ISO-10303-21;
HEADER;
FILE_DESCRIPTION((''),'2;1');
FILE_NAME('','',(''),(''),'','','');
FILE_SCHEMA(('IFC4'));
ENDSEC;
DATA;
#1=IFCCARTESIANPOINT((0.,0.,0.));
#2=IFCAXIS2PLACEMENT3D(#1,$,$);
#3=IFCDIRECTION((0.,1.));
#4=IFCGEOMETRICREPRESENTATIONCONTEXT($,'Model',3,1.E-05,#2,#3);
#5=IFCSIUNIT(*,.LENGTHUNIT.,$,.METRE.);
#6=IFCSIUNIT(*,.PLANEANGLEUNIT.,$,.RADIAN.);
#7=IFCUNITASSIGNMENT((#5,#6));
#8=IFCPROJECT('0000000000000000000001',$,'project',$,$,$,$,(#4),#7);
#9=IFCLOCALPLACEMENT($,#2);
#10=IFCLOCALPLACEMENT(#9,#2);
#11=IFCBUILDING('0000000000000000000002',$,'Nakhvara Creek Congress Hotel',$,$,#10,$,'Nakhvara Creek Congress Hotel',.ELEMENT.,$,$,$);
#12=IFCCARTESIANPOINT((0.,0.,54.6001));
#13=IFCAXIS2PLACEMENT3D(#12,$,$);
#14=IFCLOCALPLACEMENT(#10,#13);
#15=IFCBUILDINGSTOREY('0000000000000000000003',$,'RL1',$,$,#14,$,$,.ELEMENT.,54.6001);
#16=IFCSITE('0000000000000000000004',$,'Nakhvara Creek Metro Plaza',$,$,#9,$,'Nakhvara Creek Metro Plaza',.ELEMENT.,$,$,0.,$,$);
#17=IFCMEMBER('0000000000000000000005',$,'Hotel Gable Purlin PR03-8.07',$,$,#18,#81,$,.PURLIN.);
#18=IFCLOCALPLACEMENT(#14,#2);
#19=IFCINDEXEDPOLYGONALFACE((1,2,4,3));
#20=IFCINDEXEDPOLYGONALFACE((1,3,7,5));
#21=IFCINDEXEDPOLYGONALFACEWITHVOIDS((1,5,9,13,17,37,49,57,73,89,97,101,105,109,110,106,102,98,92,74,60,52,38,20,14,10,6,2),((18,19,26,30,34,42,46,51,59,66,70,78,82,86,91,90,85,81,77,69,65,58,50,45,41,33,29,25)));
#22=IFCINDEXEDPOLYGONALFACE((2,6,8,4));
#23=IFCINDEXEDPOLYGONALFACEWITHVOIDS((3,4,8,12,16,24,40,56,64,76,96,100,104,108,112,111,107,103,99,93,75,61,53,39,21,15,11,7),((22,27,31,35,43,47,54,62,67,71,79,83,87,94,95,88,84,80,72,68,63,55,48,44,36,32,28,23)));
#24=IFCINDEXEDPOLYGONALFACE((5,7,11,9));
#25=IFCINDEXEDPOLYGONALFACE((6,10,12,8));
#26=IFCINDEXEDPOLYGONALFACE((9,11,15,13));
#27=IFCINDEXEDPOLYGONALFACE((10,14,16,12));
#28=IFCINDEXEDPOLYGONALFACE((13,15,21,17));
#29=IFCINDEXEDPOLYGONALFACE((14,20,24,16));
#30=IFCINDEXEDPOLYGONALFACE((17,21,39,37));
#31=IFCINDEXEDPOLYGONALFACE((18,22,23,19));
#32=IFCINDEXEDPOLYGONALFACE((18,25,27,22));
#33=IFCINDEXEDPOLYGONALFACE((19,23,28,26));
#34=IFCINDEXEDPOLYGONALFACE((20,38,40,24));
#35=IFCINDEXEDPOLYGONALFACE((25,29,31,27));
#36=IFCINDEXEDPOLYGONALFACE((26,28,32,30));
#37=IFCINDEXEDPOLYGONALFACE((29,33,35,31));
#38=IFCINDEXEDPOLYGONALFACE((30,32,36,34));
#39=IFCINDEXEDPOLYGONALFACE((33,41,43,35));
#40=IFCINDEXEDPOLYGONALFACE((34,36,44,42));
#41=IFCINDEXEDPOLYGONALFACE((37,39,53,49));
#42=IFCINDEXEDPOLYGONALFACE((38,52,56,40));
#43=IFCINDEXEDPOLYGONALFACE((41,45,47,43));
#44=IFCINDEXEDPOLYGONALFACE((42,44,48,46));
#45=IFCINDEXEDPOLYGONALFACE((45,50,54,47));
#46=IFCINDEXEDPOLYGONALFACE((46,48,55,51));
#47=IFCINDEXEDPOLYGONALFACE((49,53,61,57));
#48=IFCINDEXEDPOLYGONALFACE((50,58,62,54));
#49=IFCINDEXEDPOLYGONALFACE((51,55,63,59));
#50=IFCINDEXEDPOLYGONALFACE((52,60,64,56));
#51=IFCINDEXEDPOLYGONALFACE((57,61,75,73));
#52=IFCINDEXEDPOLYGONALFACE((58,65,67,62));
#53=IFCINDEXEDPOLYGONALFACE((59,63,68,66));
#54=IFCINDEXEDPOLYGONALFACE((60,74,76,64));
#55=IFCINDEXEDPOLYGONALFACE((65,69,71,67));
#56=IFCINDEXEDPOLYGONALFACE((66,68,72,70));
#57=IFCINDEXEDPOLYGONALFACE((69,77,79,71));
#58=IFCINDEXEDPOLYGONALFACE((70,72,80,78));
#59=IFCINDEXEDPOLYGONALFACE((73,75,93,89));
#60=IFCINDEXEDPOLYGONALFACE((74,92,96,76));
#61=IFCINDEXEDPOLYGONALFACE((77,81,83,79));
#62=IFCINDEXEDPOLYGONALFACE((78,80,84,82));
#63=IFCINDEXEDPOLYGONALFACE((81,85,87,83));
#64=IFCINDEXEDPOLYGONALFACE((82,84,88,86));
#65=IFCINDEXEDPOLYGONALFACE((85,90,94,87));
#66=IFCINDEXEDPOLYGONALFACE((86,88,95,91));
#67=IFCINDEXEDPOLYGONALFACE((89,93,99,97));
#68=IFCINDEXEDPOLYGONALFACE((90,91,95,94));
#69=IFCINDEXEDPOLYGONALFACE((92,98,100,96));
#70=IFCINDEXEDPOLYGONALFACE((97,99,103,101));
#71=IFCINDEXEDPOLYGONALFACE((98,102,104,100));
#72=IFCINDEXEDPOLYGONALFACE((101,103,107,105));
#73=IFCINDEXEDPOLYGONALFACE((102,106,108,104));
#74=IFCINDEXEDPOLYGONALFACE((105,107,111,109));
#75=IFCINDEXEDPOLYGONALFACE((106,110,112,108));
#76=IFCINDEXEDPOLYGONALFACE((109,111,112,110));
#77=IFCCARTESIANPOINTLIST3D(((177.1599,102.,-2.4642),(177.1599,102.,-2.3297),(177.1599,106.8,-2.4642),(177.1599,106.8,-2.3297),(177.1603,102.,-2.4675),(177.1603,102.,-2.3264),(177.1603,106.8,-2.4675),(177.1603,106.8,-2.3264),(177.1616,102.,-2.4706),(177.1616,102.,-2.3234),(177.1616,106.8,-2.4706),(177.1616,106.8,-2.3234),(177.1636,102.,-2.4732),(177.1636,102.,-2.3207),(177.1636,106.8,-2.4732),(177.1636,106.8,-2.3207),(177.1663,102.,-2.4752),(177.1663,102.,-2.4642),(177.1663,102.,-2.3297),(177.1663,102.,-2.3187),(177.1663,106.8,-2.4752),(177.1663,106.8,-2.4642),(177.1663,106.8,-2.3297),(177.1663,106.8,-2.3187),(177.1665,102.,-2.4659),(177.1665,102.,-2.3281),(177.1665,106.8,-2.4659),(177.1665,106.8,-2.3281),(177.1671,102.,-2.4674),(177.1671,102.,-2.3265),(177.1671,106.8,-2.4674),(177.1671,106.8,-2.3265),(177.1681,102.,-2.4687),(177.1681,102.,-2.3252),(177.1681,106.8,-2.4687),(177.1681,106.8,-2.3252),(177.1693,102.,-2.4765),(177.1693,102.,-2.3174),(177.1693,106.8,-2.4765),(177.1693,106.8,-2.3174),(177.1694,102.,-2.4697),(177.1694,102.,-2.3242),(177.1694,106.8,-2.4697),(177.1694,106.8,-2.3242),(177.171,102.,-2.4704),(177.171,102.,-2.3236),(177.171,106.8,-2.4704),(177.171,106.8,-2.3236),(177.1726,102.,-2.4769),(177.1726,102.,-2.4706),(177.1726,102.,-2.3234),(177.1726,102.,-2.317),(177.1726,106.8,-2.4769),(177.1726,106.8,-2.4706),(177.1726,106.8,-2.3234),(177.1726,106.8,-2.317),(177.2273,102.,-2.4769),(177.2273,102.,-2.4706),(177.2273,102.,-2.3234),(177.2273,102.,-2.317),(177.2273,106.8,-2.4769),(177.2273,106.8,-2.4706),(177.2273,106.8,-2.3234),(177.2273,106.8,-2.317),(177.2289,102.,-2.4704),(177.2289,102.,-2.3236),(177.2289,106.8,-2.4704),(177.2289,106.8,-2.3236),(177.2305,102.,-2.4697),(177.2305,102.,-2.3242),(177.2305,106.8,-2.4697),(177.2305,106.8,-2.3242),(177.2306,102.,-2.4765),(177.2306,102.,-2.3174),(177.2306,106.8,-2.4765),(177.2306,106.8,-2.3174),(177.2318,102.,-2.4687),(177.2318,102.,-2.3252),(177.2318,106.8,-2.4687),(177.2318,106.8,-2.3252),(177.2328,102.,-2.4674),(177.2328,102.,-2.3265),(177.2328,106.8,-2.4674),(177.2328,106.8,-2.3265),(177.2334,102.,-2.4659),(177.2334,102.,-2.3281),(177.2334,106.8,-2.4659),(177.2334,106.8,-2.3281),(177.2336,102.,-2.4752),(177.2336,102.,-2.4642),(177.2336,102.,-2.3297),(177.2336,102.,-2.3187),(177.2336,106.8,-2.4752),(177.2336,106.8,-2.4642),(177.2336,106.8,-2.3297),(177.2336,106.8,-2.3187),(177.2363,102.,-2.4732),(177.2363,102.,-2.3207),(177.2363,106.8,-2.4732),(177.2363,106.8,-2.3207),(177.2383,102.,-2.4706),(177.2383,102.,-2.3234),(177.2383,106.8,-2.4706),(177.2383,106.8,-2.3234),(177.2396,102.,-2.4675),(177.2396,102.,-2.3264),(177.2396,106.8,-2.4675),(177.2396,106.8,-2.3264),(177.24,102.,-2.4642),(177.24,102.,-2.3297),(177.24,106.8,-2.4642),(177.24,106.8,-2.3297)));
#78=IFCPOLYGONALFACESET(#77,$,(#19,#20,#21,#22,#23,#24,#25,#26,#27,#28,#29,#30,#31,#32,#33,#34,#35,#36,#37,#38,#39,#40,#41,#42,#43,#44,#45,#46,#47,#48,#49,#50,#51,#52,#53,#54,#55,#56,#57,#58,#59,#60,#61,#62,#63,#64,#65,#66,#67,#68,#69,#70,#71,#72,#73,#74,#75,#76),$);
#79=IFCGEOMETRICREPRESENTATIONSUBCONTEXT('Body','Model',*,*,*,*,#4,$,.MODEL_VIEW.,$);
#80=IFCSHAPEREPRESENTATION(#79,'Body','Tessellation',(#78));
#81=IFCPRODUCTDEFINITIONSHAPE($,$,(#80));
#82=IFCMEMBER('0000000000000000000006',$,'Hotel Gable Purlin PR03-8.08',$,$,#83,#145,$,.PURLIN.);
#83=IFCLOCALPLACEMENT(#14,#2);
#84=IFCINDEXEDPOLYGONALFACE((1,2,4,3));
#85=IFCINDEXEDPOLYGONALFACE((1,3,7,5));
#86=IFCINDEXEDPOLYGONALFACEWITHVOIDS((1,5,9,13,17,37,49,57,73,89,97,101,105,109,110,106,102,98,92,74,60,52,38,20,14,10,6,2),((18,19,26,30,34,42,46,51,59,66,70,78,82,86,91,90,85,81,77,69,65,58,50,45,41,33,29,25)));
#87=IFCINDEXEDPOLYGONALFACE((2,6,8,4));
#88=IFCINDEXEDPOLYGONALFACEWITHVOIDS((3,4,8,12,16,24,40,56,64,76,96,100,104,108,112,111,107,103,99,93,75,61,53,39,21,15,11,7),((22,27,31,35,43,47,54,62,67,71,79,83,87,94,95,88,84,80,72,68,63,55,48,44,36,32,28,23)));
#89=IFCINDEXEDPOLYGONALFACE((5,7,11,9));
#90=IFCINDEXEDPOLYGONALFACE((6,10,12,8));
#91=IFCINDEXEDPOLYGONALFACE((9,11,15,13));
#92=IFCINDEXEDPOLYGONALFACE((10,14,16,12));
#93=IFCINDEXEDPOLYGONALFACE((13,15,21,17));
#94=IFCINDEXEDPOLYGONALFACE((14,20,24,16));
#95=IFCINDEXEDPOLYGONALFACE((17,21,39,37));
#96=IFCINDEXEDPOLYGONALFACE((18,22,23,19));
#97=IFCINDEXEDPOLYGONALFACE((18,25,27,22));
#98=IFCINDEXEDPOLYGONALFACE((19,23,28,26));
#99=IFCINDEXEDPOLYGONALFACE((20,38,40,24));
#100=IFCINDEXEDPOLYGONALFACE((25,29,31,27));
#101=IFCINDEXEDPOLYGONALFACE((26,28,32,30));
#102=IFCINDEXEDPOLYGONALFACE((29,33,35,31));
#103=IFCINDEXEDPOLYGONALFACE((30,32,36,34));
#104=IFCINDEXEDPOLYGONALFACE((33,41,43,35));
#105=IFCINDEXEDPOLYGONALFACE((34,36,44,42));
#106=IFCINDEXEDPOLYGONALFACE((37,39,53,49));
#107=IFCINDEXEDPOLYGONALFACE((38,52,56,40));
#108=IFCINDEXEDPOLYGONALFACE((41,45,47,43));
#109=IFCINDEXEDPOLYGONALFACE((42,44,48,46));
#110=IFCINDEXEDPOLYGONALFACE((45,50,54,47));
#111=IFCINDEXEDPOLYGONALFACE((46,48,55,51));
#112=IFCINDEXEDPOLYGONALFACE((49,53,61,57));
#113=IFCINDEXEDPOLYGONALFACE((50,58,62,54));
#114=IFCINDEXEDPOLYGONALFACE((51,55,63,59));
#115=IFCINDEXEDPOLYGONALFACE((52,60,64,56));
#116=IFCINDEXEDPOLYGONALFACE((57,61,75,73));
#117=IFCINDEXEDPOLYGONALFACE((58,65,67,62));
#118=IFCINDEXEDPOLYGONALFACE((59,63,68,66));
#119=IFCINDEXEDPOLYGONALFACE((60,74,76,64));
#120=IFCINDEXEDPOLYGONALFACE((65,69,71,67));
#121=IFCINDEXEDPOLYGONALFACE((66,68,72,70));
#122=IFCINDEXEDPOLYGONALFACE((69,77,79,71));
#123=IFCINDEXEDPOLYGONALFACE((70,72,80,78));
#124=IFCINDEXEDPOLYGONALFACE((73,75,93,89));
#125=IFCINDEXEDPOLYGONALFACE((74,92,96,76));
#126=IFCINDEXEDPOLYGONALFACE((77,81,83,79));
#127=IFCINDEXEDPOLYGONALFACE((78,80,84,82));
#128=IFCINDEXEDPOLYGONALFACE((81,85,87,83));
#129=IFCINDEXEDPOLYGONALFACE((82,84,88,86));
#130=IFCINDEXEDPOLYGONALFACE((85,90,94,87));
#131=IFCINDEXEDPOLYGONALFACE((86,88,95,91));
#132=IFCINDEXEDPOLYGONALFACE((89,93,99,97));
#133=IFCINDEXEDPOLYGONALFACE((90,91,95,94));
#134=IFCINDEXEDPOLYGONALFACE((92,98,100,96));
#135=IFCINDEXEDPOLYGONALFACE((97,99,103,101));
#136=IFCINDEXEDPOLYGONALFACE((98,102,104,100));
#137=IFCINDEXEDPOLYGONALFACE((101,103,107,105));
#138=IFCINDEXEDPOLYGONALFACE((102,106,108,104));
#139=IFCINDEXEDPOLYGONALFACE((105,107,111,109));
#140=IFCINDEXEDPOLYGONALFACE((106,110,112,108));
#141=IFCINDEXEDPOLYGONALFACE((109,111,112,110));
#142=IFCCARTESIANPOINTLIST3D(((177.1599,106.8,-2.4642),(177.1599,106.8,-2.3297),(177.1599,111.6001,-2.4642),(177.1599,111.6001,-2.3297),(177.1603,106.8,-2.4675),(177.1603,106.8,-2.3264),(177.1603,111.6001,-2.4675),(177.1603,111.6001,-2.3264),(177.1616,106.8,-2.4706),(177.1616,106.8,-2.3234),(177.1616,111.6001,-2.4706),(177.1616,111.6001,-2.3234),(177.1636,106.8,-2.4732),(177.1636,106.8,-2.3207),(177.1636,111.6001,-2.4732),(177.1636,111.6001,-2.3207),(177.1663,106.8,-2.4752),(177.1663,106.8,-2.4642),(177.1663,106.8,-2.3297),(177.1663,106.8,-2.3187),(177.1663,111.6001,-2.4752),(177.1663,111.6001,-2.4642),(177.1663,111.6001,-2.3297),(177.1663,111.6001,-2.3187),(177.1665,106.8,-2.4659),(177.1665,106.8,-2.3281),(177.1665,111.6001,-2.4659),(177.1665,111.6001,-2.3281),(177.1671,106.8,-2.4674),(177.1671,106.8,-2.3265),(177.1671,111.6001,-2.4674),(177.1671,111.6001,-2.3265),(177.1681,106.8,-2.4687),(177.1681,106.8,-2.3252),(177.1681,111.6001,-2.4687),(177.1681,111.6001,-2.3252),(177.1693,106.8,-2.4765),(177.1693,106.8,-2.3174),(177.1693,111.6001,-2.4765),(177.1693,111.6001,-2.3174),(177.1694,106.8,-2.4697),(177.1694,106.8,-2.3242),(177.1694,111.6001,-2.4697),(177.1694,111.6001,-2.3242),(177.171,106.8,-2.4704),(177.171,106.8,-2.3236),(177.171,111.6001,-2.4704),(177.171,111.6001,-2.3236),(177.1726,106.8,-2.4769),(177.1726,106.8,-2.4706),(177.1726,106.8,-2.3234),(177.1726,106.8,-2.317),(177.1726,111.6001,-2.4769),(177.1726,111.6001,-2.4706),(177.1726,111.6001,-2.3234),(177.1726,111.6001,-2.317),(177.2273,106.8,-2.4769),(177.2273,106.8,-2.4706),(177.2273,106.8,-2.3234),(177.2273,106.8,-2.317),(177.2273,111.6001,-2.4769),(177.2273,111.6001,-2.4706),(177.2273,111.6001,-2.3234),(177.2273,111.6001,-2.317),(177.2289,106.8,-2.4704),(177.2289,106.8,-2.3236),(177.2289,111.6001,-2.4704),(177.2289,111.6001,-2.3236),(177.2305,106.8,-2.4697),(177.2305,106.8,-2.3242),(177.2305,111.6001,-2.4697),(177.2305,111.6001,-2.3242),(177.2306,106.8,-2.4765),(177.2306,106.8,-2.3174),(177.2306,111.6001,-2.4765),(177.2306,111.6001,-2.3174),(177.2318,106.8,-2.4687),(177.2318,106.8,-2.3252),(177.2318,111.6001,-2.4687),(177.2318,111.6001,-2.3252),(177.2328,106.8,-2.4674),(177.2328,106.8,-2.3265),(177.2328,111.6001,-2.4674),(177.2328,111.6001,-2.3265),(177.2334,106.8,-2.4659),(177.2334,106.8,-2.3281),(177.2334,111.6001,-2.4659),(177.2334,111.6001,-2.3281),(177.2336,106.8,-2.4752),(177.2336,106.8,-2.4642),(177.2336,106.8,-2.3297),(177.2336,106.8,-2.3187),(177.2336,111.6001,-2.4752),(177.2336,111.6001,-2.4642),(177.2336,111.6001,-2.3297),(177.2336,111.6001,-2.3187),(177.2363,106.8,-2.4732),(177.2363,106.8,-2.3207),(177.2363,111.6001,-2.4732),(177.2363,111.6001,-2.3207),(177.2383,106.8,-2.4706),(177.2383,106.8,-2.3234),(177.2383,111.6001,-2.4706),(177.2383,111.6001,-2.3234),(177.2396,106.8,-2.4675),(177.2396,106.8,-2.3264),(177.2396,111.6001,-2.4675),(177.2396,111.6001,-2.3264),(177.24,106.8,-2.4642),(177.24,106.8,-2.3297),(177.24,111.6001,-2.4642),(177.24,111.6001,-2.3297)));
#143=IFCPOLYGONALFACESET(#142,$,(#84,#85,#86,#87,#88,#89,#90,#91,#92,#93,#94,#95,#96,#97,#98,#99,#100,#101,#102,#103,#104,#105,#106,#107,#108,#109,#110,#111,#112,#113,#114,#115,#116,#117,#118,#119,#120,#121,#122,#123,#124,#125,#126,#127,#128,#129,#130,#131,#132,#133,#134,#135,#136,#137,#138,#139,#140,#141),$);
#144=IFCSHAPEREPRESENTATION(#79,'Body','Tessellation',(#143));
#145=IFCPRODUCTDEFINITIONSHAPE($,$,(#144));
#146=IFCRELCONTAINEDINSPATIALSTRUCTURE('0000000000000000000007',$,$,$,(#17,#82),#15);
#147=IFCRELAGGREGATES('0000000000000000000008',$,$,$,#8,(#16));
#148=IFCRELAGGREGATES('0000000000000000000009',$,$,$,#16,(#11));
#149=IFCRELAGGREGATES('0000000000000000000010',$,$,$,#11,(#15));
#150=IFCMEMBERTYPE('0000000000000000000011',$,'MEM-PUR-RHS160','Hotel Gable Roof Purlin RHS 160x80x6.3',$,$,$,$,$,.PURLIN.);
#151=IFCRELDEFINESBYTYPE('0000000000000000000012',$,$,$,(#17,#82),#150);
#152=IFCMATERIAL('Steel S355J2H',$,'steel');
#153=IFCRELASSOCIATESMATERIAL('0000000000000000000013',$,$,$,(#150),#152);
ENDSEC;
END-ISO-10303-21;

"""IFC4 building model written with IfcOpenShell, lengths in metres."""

from ifc_helpers import new_model, si_unit, direction, frame, origin, origin_2d, place, context, subcontext, project, spatial, hollow_rectangle, extrude, material, material_profile, profile_set, type_object, element, save


model = new_model("IFC4")

# Units and contexts
model_context = context("Model", 3, precision=1e-05, world=origin(), true_north=direction((0.0, 1.0)))
body_context = subcontext(model_context, "Body", "Model", "MODEL_VIEW")
ifc_project = project(units=[si_unit("LENGTHUNIT", "METRE"), si_unit("PLANEANGLEUNIT", "RADIAN")], contexts=[model_context])

# Site, building, storey
site_placement = place(None, origin())
site = spatial("IfcSite", under=ifc_project, at=site_placement, Name="Nakhvara Creek Metro Plaza", LongName="Nakhvara Creek Metro Plaza", CompositionType="ELEMENT", RefElevation=0.0)
building_placement = place(site_placement, origin())
building = spatial("IfcBuilding", under=site, at=building_placement, Name="Nakhvara Creek Congress Hotel", LongName="Nakhvara Creek Congress Hotel", CompositionType="ELEMENT")
storey_placement = place(building_placement, frame((0.0, 0.0, 54.6001)))
storey = spatial("IfcBuildingStorey", under=building, at=storey_placement, Name="RL1", CompositionType="ELEMENT", Elevation=54.6001)

# Members
ifc_material_1 = material(Name="Steel S355J2H", Category="steel")
ifc_material_profile_1 = material_profile(ifc_material_1, hollow_rectangle(XDim=0.0801, YDim=0.1599, WallThickness=0.0063, InnerFilletRadius=0.0063, OuterFilletRadius=0.0127, at=origin_2d()), Name="RHS 160x80x6.3", Category="LoadBearing")
ifc_profile_set_1 = profile_set([ifc_material_profile_1], Name="Steel S355J2H")
member_type_1 = type_object("IfcMemberType", Name="MEM-PUR-RHS160", Description="Hotel Gable Roof Purlin RHS 160x80x6.3", PredefinedType="PURLIN", material=ifc_profile_set_1)
for number, where, z_axis, x_axis, name in (
    (1, (177.2, 102.0, -2.397), (0.0, 1.0, 0.0), (-1.0, 0.0, 0.0), "Hotel Gable Purlin PR03-8.07"),
    (2, (177.2, 106.8, -2.397), (0.0, 1.0, 0.0), (-1.0, 0.0, 0.0), "Hotel Gable Purlin PR03-8.08"),
):
    element("IfcMember", number, at=place(storey_placement, frame(where, z_axis=z_axis, x_axis=x_axis)), inside=storey, type_object=member_type_1, Name=name, PredefinedType="PURLIN", context=body_context, shape_type="SweptSolid", body=[
        extrude(hollow_rectangle(XDim=0.0801, YDim=0.1599, WallThickness=0.0063, InnerFilletRadius=0.0063, OuterFilletRadius=0.0127, at=origin_2d()), origin(), (0.0, 0.0, 1.0), 4.8),
    ])

save(model, "model.ifc")
